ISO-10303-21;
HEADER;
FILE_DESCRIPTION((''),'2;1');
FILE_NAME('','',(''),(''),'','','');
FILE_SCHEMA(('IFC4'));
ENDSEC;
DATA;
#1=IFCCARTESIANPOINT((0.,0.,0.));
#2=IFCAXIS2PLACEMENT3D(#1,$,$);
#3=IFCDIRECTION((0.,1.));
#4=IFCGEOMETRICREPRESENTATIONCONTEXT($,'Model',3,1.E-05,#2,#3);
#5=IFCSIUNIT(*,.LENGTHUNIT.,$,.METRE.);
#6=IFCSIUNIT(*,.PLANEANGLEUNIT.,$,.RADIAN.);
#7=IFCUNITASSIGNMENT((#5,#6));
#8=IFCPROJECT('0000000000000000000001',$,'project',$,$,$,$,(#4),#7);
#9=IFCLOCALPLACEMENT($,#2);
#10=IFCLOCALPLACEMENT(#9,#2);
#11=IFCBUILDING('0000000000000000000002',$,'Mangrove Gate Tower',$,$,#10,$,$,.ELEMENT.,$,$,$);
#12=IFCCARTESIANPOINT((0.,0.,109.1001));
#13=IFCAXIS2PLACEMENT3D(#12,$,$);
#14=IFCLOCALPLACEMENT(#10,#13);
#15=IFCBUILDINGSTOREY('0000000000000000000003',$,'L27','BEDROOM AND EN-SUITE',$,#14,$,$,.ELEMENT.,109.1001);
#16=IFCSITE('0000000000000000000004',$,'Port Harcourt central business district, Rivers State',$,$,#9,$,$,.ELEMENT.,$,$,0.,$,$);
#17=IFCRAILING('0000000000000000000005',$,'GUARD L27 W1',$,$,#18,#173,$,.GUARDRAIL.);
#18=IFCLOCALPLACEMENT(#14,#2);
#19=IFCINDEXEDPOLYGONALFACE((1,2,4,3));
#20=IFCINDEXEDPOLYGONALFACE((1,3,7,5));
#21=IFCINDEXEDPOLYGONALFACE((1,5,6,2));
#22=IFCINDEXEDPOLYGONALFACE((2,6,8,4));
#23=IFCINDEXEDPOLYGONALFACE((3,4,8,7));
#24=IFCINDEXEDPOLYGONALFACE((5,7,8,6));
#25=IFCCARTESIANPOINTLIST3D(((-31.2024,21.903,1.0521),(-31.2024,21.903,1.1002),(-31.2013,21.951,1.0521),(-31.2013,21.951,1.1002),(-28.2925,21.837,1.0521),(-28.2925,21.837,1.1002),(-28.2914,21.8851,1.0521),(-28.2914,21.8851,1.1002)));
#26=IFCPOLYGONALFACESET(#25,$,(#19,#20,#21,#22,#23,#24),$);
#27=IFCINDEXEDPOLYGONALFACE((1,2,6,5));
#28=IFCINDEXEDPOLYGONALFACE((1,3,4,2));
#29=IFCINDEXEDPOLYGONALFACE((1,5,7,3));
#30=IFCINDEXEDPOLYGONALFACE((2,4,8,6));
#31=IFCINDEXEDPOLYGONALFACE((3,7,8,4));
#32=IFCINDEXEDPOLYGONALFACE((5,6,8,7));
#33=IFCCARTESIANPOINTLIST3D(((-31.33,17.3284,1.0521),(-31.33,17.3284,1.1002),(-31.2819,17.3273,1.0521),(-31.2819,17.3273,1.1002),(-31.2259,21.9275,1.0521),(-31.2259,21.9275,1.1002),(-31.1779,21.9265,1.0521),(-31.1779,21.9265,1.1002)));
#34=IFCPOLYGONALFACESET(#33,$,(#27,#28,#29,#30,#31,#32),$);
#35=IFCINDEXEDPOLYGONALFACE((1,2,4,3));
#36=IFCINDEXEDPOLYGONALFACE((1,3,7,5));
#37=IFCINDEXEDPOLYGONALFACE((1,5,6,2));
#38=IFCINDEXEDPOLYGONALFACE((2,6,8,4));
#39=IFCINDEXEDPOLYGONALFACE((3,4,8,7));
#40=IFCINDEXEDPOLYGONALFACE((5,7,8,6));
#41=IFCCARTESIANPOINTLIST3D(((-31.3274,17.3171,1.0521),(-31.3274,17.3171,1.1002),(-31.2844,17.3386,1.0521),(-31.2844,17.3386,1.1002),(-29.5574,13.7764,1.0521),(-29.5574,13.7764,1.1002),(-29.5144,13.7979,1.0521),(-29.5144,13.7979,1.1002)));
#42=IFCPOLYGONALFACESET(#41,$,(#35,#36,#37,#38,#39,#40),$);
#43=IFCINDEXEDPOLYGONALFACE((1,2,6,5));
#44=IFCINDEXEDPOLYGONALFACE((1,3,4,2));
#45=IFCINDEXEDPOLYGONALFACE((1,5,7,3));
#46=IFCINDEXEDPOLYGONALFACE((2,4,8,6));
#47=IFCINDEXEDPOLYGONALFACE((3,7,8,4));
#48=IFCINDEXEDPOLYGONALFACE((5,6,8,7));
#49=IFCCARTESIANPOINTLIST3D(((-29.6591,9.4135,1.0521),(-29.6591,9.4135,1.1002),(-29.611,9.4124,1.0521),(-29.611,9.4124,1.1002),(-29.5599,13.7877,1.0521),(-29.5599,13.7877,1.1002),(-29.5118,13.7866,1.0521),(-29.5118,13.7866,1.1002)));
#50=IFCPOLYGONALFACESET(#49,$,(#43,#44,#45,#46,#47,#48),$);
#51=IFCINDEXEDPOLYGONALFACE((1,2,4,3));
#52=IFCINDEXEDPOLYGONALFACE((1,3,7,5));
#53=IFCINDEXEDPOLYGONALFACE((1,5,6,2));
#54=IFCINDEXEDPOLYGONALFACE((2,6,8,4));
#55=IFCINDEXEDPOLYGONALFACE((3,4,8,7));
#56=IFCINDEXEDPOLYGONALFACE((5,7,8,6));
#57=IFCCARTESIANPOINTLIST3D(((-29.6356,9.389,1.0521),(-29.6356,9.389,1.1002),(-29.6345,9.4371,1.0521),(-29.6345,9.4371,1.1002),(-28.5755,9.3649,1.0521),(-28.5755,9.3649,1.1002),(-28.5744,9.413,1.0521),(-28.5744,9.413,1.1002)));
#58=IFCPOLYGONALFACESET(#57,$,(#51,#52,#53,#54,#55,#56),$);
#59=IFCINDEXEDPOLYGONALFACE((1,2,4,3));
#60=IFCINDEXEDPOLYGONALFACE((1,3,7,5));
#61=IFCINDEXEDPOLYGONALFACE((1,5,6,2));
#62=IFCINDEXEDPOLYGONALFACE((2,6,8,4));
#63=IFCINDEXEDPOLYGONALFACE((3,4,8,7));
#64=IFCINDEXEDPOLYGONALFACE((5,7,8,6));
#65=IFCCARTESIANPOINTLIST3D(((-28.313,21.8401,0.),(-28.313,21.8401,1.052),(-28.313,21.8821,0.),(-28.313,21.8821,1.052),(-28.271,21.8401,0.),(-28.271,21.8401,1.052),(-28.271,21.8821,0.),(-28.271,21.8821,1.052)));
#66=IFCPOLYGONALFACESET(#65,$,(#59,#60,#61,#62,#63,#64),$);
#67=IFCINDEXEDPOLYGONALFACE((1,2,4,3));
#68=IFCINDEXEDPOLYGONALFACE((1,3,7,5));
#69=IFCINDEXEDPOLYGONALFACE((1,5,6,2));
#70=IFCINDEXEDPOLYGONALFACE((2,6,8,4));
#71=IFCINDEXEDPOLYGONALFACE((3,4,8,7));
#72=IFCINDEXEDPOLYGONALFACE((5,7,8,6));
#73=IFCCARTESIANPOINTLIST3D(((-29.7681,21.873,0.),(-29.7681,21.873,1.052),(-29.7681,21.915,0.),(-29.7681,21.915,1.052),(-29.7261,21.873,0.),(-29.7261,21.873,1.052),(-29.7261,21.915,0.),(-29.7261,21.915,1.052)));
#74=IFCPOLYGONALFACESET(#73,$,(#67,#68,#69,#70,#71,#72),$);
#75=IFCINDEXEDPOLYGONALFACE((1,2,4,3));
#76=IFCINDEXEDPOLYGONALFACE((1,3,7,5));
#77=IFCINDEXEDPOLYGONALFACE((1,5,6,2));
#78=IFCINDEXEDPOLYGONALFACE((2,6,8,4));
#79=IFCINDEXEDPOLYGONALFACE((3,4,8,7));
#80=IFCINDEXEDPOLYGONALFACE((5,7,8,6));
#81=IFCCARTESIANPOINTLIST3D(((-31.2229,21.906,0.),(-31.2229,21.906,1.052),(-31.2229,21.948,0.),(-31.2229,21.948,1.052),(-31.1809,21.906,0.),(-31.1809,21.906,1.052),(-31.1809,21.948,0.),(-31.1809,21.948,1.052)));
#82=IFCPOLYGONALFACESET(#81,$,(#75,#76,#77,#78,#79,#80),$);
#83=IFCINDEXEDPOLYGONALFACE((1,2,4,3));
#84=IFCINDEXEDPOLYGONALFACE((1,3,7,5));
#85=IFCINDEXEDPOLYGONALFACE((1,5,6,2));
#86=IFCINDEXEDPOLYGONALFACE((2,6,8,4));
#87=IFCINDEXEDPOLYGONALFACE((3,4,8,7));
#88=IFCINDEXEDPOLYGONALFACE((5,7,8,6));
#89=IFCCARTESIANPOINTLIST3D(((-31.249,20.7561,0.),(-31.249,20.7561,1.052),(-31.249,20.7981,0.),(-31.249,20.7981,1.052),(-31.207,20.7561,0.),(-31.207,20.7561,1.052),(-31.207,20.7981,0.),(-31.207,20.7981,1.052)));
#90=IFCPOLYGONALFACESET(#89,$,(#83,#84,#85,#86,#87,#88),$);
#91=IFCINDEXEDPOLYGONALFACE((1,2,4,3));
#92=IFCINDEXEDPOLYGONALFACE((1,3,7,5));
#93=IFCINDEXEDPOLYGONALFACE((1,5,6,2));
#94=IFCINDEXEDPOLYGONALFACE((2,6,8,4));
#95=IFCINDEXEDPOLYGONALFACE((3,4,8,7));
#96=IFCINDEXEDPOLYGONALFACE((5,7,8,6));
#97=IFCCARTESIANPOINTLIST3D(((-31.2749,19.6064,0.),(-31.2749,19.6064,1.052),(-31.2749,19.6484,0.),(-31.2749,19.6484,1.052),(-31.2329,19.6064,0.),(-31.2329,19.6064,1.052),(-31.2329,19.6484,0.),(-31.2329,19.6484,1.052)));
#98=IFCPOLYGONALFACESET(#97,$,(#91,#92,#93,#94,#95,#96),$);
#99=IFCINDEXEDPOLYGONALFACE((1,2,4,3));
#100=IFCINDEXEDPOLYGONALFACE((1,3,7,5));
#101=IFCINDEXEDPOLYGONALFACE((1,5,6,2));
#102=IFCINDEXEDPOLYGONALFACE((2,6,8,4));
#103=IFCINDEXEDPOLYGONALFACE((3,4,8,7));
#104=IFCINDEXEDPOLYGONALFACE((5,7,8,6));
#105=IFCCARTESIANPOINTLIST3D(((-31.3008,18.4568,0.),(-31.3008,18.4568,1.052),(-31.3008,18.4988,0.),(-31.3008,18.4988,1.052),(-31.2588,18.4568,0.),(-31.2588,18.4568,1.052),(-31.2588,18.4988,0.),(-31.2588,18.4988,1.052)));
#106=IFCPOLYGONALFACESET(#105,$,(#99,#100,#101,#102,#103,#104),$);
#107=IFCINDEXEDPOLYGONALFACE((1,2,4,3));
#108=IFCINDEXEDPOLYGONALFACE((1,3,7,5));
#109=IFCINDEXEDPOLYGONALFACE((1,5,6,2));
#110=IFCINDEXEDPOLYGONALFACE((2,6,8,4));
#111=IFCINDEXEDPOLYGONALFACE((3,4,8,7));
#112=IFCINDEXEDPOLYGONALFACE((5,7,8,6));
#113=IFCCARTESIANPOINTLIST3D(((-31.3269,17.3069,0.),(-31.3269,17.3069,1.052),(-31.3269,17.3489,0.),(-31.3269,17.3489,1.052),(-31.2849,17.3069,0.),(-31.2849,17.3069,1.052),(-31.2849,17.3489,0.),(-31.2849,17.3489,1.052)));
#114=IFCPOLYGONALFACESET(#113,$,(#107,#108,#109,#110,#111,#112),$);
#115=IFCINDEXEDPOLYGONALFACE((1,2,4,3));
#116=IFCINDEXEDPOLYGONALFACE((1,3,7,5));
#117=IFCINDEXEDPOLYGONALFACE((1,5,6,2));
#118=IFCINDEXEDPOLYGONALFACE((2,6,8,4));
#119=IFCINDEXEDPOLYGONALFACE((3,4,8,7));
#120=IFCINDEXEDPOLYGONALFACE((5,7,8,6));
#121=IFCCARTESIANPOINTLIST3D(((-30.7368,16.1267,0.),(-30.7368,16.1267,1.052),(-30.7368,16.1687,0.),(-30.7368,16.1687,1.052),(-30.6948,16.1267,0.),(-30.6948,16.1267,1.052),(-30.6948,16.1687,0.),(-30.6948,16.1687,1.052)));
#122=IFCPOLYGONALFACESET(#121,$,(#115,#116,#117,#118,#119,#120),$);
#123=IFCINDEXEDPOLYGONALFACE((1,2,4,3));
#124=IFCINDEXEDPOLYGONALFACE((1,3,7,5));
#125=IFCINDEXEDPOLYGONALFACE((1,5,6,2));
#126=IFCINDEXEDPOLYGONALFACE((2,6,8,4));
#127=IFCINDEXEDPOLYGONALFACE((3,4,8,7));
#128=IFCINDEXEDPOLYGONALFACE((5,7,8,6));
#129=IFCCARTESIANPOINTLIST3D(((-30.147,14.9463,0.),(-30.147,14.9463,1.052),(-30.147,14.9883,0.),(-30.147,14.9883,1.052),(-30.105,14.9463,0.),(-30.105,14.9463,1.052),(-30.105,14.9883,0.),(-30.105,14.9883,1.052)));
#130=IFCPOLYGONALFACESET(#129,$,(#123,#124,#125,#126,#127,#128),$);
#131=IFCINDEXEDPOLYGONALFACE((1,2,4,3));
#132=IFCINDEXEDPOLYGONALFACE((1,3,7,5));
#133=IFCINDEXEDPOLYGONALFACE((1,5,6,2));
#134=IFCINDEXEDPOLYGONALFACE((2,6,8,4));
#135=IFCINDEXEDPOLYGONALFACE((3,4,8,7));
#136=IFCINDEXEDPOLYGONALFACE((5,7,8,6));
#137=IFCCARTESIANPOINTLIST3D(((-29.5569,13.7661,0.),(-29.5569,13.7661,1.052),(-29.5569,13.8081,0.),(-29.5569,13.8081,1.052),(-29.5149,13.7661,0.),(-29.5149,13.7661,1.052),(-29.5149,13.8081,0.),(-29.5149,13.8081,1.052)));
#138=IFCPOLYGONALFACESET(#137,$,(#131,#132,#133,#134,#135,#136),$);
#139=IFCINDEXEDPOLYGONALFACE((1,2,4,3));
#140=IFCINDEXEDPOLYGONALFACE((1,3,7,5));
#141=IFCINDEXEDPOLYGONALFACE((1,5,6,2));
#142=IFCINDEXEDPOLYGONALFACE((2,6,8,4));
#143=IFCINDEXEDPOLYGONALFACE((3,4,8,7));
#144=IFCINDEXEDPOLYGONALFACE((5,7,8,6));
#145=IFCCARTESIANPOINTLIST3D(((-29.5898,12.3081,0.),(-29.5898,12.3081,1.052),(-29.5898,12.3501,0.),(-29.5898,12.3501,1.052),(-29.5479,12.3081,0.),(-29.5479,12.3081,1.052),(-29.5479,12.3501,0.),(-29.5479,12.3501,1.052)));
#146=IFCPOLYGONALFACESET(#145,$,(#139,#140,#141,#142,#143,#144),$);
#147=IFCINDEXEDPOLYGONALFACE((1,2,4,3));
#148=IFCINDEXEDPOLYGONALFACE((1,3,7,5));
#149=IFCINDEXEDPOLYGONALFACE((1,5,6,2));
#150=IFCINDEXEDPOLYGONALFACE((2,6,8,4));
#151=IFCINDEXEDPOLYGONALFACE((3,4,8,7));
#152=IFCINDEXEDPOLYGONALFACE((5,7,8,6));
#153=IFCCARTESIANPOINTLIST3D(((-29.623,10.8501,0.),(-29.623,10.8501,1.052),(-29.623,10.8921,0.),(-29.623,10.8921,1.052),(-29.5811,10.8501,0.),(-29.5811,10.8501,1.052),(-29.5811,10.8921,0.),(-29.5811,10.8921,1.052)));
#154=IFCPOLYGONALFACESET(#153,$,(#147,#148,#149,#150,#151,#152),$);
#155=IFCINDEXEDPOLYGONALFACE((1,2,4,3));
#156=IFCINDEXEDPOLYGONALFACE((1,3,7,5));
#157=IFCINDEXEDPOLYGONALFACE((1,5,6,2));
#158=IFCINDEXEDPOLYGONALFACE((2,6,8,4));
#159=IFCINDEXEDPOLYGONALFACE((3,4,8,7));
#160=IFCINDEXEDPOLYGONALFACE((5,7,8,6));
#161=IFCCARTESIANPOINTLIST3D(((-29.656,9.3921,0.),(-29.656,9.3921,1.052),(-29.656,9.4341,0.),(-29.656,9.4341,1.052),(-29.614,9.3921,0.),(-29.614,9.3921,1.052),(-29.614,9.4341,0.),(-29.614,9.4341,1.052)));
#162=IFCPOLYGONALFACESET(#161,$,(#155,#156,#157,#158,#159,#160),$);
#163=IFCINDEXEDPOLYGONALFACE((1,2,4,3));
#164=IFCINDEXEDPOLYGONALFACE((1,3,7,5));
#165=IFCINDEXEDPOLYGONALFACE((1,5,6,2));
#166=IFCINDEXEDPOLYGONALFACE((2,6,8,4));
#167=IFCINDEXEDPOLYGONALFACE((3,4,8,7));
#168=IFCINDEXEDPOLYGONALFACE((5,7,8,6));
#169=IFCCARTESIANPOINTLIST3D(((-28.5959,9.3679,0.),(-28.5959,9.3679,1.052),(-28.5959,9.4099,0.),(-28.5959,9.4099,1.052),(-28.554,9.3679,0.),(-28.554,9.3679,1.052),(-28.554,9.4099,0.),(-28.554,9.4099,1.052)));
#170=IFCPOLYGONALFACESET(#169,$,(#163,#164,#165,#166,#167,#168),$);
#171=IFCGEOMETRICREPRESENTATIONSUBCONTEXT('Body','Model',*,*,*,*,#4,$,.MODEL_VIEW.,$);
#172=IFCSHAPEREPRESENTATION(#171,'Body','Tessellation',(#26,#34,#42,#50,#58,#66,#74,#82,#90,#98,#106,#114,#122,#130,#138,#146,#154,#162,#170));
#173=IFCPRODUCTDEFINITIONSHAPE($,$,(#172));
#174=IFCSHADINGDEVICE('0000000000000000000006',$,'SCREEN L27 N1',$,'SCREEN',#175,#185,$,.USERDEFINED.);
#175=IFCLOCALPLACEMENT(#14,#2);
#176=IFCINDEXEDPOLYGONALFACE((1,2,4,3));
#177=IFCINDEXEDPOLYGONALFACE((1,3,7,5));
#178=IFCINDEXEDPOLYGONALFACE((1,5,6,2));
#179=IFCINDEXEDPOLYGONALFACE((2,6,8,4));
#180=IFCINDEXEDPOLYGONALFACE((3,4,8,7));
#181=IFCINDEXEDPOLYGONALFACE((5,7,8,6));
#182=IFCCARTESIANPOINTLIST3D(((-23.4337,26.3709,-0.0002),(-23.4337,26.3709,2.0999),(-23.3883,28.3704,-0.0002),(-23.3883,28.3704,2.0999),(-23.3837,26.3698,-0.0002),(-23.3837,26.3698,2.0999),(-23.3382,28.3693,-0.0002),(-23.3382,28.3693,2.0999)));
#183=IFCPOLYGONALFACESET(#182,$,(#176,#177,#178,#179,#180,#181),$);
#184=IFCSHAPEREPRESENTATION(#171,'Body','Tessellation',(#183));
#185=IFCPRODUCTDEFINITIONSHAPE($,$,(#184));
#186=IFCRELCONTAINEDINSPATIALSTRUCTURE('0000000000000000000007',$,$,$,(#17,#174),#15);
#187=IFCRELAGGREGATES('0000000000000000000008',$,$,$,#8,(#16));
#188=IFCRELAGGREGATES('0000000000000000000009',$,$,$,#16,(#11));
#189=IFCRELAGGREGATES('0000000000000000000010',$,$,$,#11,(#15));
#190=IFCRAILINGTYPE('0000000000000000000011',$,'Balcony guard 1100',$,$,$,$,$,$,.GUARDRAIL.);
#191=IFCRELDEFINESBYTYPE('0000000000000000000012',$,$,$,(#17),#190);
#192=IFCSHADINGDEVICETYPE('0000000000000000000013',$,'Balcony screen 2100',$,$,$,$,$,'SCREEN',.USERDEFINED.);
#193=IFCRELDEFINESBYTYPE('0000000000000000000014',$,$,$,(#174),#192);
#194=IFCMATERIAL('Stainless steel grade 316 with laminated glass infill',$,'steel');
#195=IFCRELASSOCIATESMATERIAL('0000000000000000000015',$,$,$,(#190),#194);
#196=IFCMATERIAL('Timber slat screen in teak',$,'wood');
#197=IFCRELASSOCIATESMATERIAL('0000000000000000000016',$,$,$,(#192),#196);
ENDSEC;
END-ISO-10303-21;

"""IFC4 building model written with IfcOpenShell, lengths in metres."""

from ifc_helpers import new_model, si_unit, direction, frame, origin, origin_2d, place, context, subcontext, project, spatial, rectangle, extrude, material, type_object, element, save


model = new_model("IFC4")

# Units and contexts
model_context = context("Model", 3, precision=1e-05, world=origin(), true_north=direction((0.0, 1.0)))
body_context = subcontext(model_context, "Body", "Model", "MODEL_VIEW")
ifc_project = project(units=[si_unit("LENGTHUNIT", "METRE"), si_unit("PLANEANGLEUNIT", "RADIAN")], contexts=[model_context])

# Site, building, storey
site_placement = place(None, origin())
site = spatial("IfcSite", under=ifc_project, at=site_placement, Name="Port Harcourt central business district, Rivers State", CompositionType="ELEMENT", RefElevation=0.0)
building_placement = place(site_placement, origin())
building = spatial("IfcBuilding", under=site, at=building_placement, Name="Mangrove Gate Tower", CompositionType="ELEMENT")
storey_placement = place(building_placement, frame((0.0, 0.0, 109.1001)))
storey = spatial("IfcBuildingStorey", under=building, at=storey_placement, Name="L27", Description="BEDROOM AND EN-SUITE", CompositionType="ELEMENT", Elevation=109.1001)

# Railing
ifc_material_1 = material(Name="Stainless steel grade 316 with laminated glass infill", Category="steel")
railing_type = type_object("IfcRailingType", Name="Balcony guard 1100", PredefinedType="GUARDRAIL", material=ifc_material_1)
railing_placement = place(storey_placement, frame((-28.292, 21.8611, 0.0)))
element("IfcRailing", 1, at=railing_placement, inside=storey, type_object=railing_type, Name="GUARD L27 W1", PredefinedType="GUARDRAIL", context=body_context, shape_type="SweptSolid", body=[
    extrude(rectangle(XDim=0.0481, YDim=0.0481, at=origin_2d()), frame((0.0, 0.0, 1.0762), z_axis=(-0.999744, 0.022647, 0.0), x_axis=(-0.022647, -0.999744, 0.0)), (0.0, 0.0, 1.0), 2.9106),
    extrude(rectangle(XDim=0.0481, YDim=0.0481, at=origin_2d()), frame((-2.9099, 0.0659, 1.0762), z_axis=(-0.022608, -0.999744, 0.0), x_axis=(0.999744, -0.022608, 0.0)), (0.0, 0.0, 1.0), 4.6003),
    extrude(rectangle(XDim=0.0481, YDim=0.0481, at=origin_2d()), frame((-3.0139, -4.5332, 1.0762), z_axis=(0.44714, -0.894464, 0.0), x_axis=(0.894464, 0.44714, 0.0)), (0.0, 0.0, 1.0), 3.9585),
    extrude(rectangle(XDim=0.0481, YDim=0.0481, at=origin_2d()), frame((-1.2439, -8.074, 1.0762), z_axis=(-0.022655, -0.999743, 0.0), x_axis=(0.999743, -0.022655, 0.0)), (0.0, 0.0, 1.0), 4.3752),
    extrude(rectangle(XDim=0.0481, YDim=0.0481, at=origin_2d()), frame((-1.343, -12.448, 1.0762), z_axis=(0.99974, -0.022795, 0.0), x_axis=(0.022795, 0.99974, 0.0)), (0.0, 0.0, 1.0), 1.0603),
    extrude(rectangle(XDim=0.042, YDim=0.042, at=origin_2d()), origin(), (0.0, 0.0, 1.0), 1.052),
    extrude(rectangle(XDim=0.042, YDim=0.042, at=origin_2d()), frame((-1.4551, 0.033, 0.0)), (0.0, 0.0, 1.0), 1.052),
    extrude(rectangle(XDim=0.042, YDim=0.042, at=origin_2d()), frame((-2.9099, 0.0659, 0.0)), (0.0, 0.0, 1.0), 1.052),
    extrude(rectangle(XDim=0.042, YDim=0.042, at=origin_2d()), frame((-2.936, -1.084, 0.0)), (0.0, 0.0, 1.0), 1.052),
    extrude(rectangle(XDim=0.042, YDim=0.042, at=origin_2d()), frame((-2.9619, -2.2336, 0.0)), (0.0, 0.0, 1.0), 1.052),
    extrude(rectangle(XDim=0.042, YDim=0.042, at=origin_2d()), frame((-2.9878, -3.3833, 0.0)), (0.0, 0.0, 1.0), 1.052),
    extrude(rectangle(XDim=0.042, YDim=0.042, at=origin_2d()), frame((-3.0139, -4.5332, 0.0)), (0.0, 0.0, 1.0), 1.052),
    extrude(rectangle(XDim=0.042, YDim=0.042, at=origin_2d()), frame((-2.4238, -5.7134, 0.0)), (0.0, 0.0, 1.0), 1.052),
    extrude(rectangle(XDim=0.042, YDim=0.042, at=origin_2d()), frame((-1.834, -6.8938, 0.0)), (0.0, 0.0, 1.0), 1.052),
    extrude(rectangle(XDim=0.042, YDim=0.042, at=origin_2d()), frame((-1.2439, -8.074, 0.0)), (0.0, 0.0, 1.0), 1.052),
    extrude(rectangle(XDim=0.042, YDim=0.042, at=origin_2d()), frame((-1.2769, -9.532, 0.0)), (0.0, 0.0, 1.0), 1.052),
    extrude(rectangle(XDim=0.042, YDim=0.042, at=origin_2d()), frame((-1.3101, -10.99, 0.0)), (0.0, 0.0, 1.0), 1.052),
    extrude(rectangle(XDim=0.042, YDim=0.042, at=origin_2d()), frame((-1.343, -12.448, 0.0)), (0.0, 0.0, 1.0), 1.052),
    extrude(rectangle(XDim=0.042, YDim=0.042, at=origin_2d()), frame((-0.283, -12.4722, 0.0)), (0.0, 0.0, 1.0), 1.052),
])

# Shading device
ifc_material_2 = material(Name="Timber slat screen in teak", Category="wood")
shading_device_type = type_object("IfcShadingDeviceType", Name="Balcony screen 2100", ElementType="SCREEN", PredefinedType="USERDEFINED", material=ifc_material_2)
shading_device_placement = place(storey_placement, frame((-23.386, 27.3701, -0.0002), z_axis=(0.0, 0.0, 1.0), x_axis=(0.02274, 0.999741, 0.0)))
element("IfcShadingDevice", 2, at=shading_device_placement, inside=storey, type_object=shading_device_type, Name="SCREEN L27 N1", ObjectType="SCREEN", PredefinedType="USERDEFINED", context=body_context, shape_type="SweptSolid", body=[
    extrude(rectangle(XDim=2.0, YDim=0.05, at=origin_2d()), origin(), (0.0, 0.0, 1.0), 2.1001),
])

save(model, "model.ifc")
